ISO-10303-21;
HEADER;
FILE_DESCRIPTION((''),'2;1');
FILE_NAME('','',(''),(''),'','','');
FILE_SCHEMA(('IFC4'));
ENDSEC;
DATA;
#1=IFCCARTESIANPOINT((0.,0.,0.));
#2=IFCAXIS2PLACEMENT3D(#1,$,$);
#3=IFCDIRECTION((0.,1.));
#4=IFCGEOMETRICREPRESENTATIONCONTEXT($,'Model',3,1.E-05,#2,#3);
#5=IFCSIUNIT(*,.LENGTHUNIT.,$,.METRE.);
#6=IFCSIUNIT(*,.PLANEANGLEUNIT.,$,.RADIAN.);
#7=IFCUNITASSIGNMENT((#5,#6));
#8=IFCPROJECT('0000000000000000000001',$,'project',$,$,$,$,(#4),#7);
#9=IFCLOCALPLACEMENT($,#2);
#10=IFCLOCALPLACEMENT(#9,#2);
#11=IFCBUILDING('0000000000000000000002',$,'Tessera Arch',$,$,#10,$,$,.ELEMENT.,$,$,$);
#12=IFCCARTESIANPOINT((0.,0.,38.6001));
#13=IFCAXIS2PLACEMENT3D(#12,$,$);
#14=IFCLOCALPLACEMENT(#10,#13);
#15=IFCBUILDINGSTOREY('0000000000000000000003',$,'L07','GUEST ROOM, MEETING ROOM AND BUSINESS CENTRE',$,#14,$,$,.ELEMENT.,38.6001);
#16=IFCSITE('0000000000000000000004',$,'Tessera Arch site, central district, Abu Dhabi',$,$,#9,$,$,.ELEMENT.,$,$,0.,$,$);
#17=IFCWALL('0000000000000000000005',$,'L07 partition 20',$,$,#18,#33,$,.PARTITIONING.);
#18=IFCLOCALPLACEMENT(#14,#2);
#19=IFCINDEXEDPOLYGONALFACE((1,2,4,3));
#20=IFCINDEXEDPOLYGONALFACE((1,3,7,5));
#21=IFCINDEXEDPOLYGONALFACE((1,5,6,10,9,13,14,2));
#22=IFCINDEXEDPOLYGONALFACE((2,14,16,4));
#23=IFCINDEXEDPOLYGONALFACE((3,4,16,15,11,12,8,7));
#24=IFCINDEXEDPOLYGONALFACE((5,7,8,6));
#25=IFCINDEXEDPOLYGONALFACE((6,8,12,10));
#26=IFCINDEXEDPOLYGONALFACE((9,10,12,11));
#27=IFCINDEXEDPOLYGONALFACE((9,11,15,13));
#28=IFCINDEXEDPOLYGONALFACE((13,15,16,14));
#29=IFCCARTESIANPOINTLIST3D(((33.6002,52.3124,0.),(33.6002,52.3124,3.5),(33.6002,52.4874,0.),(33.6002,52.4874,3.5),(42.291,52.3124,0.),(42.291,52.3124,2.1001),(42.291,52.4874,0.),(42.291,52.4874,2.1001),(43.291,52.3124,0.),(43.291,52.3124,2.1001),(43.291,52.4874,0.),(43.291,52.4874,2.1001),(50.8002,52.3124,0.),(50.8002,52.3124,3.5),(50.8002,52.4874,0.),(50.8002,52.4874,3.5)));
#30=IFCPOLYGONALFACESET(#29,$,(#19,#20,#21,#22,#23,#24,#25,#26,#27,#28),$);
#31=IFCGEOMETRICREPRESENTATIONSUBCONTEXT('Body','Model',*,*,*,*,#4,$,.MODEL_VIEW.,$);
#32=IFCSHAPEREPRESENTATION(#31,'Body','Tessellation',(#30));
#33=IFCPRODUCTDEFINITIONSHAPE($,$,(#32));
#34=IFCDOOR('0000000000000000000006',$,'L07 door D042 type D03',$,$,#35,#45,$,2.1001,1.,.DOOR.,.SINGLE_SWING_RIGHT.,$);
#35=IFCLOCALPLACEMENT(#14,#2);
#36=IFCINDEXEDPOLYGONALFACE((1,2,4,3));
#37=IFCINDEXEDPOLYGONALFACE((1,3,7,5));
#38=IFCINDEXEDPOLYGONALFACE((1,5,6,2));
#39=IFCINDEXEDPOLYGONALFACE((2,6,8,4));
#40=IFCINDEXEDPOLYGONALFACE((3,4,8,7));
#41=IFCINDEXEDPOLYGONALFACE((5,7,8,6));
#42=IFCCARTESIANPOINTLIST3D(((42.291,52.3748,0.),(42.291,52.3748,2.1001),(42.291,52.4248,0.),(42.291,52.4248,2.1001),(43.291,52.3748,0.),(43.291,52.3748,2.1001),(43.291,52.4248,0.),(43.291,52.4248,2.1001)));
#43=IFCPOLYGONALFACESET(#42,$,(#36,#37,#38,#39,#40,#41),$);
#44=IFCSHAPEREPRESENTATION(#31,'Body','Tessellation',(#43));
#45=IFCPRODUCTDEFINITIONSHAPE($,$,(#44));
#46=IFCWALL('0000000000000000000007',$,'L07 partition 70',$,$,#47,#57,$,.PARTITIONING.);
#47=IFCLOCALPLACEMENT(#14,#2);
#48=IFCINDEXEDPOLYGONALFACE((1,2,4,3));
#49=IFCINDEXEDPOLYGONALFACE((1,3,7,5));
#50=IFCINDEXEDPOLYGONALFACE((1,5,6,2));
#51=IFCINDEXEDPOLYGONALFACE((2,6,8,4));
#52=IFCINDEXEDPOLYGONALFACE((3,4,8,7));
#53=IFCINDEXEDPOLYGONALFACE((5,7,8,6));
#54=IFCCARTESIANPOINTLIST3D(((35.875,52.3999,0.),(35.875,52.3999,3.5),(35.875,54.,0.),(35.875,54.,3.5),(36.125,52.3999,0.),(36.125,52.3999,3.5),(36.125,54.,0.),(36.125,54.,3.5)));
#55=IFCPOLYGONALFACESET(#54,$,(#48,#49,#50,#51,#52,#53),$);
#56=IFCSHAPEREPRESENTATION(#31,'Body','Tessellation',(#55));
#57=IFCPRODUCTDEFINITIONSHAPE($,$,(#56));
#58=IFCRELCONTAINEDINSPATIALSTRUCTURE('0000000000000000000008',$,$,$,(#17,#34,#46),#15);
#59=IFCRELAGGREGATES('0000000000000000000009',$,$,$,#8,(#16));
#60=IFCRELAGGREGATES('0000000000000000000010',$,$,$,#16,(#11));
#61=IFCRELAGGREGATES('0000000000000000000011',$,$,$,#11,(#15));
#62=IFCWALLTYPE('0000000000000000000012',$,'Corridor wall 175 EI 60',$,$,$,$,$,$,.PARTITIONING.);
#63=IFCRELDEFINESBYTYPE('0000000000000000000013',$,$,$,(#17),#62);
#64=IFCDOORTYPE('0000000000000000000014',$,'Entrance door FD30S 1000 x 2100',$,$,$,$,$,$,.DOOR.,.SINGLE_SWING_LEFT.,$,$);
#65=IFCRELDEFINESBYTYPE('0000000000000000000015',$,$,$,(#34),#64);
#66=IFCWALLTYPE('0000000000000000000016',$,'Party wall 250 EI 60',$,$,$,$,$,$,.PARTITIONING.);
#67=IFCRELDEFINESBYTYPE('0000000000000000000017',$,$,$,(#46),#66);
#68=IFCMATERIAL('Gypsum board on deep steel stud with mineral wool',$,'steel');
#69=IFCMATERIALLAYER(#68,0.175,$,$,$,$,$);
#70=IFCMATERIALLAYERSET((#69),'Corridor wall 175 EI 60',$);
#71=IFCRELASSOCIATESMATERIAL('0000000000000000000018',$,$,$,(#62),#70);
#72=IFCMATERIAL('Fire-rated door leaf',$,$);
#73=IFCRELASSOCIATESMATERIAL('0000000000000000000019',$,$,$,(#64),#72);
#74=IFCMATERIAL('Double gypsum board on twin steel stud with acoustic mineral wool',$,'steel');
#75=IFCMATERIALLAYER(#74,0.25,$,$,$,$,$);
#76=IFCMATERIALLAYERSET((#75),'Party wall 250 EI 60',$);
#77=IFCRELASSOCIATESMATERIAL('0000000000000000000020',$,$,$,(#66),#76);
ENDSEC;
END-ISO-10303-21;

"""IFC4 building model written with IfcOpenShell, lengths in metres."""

from ifc_helpers import new_model, si_unit, direction, frame, frame_2d, origin, place, context, subcontext, project, spatial, rectangle, extrude, material, layer, layer_set, type_object, element, fill, save


model = new_model("IFC4")

# Units and contexts
model_context = context("Model", 3, precision=1e-05, world=origin(), true_north=direction((0.0, 1.0)))
body_context = subcontext(model_context, "Body", "Model", "MODEL_VIEW")
ifc_project = project(units=[si_unit("LENGTHUNIT", "METRE"), si_unit("PLANEANGLEUNIT", "RADIAN")], contexts=[model_context])

# Site, building, storey
site_placement = place(None, origin())
site = spatial("IfcSite", under=ifc_project, at=site_placement, Name="Tessera Arch site, central district, Abu Dhabi", CompositionType="ELEMENT", RefElevation=0.0)
building_placement = place(site_placement, origin())
building = spatial("IfcBuilding", under=site, at=building_placement, Name="Tessera Arch", CompositionType="ELEMENT")
storey_placement = place(building_placement, frame((0.0, 0.0, 38.6001)))
storey = spatial("IfcBuildingStorey", under=building, at=storey_placement, Name="L07", Description="GUEST ROOM, MEETING ROOM AND BUSINESS CENTRE", CompositionType="ELEMENT", Elevation=38.6001)

# Wall, opening, door
ifc_material_1 = material(Name="Gypsum board on deep steel stud with mineral wool", Category="steel")
ifc_layer_1 = layer(ifc_material_1, 0.175)
ifc_layer_set_1 = layer_set([ifc_layer_1], Name="Corridor wall 175 EI 60")
wall_type_1 = type_object("IfcWallType", Name="Corridor wall 175 EI 60", PredefinedType="PARTITIONING", material=ifc_layer_set_1)
wall_1_placement = place(storey_placement, frame((33.6001, 52.3999, 0.0), z_axis=(0.0, 0.0, 1.0), x_axis=(1.0, 0.0, 0.0)))
wall_1 = element("IfcWall", 1, at=wall_1_placement, inside=storey, type_object=wall_type_1, Name="L07 partition 20", PredefinedType="PARTITIONING", context=body_context, shape_type="SweptSolid", body=[
    extrude(rectangle(XDim=17.2, YDim=0.175, at=frame_2d((8.6001, 0.0))), origin(), (0.0, 0.0, 1.0), 3.5),
])
opening_placement = place(wall_1_placement, frame((8.6909, 0.0, 0.0)))
opening = element("IfcOpeningElement", 2, at=opening_placement, cuts=wall_1, PredefinedType="OPENING", context=body_context, shape_type="SweptSolid", body=[
    extrude(rectangle(XDim=1.0, YDim=2.1001, at=frame_2d((0.5, 1.05))), frame((0.0, 0.0974, 0.0), z_axis=(0.0, -1.0, 0.0), x_axis=(1.0, 0.0, 0.0)), (0.0, 0.0, 1.0), 0.1951),
])
ifc_material_2 = material(Name="Fire-rated door leaf")
door_type = type_object("IfcDoorType", Name="Entrance door FD30S 1000 x 2100", OperationType="SINGLE_SWING_LEFT", PredefinedType="DOOR", material=ifc_material_2)
door_placement = place(opening_placement, origin())
door = element("IfcDoor", 3, at=door_placement, inside=storey, type_object=door_type, Name="L07 door D042 type D03", OperationType="SINGLE_SWING_RIGHT", OverallHeight=2.1001, OverallWidth=1.0, PredefinedType="DOOR", context=body_context, shape_type="SweptSolid", body=[
    extrude(rectangle(XDim=1.0, YDim=2.1001, at=frame_2d((0.5, 1.05))), frame((0.0, 0.0249, 0.0), z_axis=(0.0, -1.0, 0.0), x_axis=(1.0, 0.0, 0.0)), (0.0, 0.0, 1.0), 0.05),
])
fill(opening, door)

# Wall
ifc_material_3 = material(Name="Double gypsum board on twin steel stud with acoustic mineral wool", Category="steel")
ifc_layer_2 = layer(ifc_material_3, 0.25)
ifc_layer_set_2 = layer_set([ifc_layer_2], Name="Party wall 250 EI 60")
wall_type_2 = type_object("IfcWallType", Name="Party wall 250 EI 60", PredefinedType="PARTITIONING", material=ifc_layer_set_2)
wall_2_placement = place(storey_placement, frame((36.0, 52.3999, 0.0), z_axis=(0.0, 0.0, 1.0), x_axis=(0.0, 1.0, 0.0)))
element("IfcWall", 4, at=wall_2_placement, inside=storey, type_object=wall_type_2, Name="L07 partition 70", PredefinedType="PARTITIONING", context=body_context, shape_type="SweptSolid", body=[
    extrude(rectangle(XDim=1.6001, YDim=0.25, at=frame_2d((0.8, 0.0))), origin(), (0.0, 0.0, 1.0), 3.5),
])

save(model, "model.ifc")
